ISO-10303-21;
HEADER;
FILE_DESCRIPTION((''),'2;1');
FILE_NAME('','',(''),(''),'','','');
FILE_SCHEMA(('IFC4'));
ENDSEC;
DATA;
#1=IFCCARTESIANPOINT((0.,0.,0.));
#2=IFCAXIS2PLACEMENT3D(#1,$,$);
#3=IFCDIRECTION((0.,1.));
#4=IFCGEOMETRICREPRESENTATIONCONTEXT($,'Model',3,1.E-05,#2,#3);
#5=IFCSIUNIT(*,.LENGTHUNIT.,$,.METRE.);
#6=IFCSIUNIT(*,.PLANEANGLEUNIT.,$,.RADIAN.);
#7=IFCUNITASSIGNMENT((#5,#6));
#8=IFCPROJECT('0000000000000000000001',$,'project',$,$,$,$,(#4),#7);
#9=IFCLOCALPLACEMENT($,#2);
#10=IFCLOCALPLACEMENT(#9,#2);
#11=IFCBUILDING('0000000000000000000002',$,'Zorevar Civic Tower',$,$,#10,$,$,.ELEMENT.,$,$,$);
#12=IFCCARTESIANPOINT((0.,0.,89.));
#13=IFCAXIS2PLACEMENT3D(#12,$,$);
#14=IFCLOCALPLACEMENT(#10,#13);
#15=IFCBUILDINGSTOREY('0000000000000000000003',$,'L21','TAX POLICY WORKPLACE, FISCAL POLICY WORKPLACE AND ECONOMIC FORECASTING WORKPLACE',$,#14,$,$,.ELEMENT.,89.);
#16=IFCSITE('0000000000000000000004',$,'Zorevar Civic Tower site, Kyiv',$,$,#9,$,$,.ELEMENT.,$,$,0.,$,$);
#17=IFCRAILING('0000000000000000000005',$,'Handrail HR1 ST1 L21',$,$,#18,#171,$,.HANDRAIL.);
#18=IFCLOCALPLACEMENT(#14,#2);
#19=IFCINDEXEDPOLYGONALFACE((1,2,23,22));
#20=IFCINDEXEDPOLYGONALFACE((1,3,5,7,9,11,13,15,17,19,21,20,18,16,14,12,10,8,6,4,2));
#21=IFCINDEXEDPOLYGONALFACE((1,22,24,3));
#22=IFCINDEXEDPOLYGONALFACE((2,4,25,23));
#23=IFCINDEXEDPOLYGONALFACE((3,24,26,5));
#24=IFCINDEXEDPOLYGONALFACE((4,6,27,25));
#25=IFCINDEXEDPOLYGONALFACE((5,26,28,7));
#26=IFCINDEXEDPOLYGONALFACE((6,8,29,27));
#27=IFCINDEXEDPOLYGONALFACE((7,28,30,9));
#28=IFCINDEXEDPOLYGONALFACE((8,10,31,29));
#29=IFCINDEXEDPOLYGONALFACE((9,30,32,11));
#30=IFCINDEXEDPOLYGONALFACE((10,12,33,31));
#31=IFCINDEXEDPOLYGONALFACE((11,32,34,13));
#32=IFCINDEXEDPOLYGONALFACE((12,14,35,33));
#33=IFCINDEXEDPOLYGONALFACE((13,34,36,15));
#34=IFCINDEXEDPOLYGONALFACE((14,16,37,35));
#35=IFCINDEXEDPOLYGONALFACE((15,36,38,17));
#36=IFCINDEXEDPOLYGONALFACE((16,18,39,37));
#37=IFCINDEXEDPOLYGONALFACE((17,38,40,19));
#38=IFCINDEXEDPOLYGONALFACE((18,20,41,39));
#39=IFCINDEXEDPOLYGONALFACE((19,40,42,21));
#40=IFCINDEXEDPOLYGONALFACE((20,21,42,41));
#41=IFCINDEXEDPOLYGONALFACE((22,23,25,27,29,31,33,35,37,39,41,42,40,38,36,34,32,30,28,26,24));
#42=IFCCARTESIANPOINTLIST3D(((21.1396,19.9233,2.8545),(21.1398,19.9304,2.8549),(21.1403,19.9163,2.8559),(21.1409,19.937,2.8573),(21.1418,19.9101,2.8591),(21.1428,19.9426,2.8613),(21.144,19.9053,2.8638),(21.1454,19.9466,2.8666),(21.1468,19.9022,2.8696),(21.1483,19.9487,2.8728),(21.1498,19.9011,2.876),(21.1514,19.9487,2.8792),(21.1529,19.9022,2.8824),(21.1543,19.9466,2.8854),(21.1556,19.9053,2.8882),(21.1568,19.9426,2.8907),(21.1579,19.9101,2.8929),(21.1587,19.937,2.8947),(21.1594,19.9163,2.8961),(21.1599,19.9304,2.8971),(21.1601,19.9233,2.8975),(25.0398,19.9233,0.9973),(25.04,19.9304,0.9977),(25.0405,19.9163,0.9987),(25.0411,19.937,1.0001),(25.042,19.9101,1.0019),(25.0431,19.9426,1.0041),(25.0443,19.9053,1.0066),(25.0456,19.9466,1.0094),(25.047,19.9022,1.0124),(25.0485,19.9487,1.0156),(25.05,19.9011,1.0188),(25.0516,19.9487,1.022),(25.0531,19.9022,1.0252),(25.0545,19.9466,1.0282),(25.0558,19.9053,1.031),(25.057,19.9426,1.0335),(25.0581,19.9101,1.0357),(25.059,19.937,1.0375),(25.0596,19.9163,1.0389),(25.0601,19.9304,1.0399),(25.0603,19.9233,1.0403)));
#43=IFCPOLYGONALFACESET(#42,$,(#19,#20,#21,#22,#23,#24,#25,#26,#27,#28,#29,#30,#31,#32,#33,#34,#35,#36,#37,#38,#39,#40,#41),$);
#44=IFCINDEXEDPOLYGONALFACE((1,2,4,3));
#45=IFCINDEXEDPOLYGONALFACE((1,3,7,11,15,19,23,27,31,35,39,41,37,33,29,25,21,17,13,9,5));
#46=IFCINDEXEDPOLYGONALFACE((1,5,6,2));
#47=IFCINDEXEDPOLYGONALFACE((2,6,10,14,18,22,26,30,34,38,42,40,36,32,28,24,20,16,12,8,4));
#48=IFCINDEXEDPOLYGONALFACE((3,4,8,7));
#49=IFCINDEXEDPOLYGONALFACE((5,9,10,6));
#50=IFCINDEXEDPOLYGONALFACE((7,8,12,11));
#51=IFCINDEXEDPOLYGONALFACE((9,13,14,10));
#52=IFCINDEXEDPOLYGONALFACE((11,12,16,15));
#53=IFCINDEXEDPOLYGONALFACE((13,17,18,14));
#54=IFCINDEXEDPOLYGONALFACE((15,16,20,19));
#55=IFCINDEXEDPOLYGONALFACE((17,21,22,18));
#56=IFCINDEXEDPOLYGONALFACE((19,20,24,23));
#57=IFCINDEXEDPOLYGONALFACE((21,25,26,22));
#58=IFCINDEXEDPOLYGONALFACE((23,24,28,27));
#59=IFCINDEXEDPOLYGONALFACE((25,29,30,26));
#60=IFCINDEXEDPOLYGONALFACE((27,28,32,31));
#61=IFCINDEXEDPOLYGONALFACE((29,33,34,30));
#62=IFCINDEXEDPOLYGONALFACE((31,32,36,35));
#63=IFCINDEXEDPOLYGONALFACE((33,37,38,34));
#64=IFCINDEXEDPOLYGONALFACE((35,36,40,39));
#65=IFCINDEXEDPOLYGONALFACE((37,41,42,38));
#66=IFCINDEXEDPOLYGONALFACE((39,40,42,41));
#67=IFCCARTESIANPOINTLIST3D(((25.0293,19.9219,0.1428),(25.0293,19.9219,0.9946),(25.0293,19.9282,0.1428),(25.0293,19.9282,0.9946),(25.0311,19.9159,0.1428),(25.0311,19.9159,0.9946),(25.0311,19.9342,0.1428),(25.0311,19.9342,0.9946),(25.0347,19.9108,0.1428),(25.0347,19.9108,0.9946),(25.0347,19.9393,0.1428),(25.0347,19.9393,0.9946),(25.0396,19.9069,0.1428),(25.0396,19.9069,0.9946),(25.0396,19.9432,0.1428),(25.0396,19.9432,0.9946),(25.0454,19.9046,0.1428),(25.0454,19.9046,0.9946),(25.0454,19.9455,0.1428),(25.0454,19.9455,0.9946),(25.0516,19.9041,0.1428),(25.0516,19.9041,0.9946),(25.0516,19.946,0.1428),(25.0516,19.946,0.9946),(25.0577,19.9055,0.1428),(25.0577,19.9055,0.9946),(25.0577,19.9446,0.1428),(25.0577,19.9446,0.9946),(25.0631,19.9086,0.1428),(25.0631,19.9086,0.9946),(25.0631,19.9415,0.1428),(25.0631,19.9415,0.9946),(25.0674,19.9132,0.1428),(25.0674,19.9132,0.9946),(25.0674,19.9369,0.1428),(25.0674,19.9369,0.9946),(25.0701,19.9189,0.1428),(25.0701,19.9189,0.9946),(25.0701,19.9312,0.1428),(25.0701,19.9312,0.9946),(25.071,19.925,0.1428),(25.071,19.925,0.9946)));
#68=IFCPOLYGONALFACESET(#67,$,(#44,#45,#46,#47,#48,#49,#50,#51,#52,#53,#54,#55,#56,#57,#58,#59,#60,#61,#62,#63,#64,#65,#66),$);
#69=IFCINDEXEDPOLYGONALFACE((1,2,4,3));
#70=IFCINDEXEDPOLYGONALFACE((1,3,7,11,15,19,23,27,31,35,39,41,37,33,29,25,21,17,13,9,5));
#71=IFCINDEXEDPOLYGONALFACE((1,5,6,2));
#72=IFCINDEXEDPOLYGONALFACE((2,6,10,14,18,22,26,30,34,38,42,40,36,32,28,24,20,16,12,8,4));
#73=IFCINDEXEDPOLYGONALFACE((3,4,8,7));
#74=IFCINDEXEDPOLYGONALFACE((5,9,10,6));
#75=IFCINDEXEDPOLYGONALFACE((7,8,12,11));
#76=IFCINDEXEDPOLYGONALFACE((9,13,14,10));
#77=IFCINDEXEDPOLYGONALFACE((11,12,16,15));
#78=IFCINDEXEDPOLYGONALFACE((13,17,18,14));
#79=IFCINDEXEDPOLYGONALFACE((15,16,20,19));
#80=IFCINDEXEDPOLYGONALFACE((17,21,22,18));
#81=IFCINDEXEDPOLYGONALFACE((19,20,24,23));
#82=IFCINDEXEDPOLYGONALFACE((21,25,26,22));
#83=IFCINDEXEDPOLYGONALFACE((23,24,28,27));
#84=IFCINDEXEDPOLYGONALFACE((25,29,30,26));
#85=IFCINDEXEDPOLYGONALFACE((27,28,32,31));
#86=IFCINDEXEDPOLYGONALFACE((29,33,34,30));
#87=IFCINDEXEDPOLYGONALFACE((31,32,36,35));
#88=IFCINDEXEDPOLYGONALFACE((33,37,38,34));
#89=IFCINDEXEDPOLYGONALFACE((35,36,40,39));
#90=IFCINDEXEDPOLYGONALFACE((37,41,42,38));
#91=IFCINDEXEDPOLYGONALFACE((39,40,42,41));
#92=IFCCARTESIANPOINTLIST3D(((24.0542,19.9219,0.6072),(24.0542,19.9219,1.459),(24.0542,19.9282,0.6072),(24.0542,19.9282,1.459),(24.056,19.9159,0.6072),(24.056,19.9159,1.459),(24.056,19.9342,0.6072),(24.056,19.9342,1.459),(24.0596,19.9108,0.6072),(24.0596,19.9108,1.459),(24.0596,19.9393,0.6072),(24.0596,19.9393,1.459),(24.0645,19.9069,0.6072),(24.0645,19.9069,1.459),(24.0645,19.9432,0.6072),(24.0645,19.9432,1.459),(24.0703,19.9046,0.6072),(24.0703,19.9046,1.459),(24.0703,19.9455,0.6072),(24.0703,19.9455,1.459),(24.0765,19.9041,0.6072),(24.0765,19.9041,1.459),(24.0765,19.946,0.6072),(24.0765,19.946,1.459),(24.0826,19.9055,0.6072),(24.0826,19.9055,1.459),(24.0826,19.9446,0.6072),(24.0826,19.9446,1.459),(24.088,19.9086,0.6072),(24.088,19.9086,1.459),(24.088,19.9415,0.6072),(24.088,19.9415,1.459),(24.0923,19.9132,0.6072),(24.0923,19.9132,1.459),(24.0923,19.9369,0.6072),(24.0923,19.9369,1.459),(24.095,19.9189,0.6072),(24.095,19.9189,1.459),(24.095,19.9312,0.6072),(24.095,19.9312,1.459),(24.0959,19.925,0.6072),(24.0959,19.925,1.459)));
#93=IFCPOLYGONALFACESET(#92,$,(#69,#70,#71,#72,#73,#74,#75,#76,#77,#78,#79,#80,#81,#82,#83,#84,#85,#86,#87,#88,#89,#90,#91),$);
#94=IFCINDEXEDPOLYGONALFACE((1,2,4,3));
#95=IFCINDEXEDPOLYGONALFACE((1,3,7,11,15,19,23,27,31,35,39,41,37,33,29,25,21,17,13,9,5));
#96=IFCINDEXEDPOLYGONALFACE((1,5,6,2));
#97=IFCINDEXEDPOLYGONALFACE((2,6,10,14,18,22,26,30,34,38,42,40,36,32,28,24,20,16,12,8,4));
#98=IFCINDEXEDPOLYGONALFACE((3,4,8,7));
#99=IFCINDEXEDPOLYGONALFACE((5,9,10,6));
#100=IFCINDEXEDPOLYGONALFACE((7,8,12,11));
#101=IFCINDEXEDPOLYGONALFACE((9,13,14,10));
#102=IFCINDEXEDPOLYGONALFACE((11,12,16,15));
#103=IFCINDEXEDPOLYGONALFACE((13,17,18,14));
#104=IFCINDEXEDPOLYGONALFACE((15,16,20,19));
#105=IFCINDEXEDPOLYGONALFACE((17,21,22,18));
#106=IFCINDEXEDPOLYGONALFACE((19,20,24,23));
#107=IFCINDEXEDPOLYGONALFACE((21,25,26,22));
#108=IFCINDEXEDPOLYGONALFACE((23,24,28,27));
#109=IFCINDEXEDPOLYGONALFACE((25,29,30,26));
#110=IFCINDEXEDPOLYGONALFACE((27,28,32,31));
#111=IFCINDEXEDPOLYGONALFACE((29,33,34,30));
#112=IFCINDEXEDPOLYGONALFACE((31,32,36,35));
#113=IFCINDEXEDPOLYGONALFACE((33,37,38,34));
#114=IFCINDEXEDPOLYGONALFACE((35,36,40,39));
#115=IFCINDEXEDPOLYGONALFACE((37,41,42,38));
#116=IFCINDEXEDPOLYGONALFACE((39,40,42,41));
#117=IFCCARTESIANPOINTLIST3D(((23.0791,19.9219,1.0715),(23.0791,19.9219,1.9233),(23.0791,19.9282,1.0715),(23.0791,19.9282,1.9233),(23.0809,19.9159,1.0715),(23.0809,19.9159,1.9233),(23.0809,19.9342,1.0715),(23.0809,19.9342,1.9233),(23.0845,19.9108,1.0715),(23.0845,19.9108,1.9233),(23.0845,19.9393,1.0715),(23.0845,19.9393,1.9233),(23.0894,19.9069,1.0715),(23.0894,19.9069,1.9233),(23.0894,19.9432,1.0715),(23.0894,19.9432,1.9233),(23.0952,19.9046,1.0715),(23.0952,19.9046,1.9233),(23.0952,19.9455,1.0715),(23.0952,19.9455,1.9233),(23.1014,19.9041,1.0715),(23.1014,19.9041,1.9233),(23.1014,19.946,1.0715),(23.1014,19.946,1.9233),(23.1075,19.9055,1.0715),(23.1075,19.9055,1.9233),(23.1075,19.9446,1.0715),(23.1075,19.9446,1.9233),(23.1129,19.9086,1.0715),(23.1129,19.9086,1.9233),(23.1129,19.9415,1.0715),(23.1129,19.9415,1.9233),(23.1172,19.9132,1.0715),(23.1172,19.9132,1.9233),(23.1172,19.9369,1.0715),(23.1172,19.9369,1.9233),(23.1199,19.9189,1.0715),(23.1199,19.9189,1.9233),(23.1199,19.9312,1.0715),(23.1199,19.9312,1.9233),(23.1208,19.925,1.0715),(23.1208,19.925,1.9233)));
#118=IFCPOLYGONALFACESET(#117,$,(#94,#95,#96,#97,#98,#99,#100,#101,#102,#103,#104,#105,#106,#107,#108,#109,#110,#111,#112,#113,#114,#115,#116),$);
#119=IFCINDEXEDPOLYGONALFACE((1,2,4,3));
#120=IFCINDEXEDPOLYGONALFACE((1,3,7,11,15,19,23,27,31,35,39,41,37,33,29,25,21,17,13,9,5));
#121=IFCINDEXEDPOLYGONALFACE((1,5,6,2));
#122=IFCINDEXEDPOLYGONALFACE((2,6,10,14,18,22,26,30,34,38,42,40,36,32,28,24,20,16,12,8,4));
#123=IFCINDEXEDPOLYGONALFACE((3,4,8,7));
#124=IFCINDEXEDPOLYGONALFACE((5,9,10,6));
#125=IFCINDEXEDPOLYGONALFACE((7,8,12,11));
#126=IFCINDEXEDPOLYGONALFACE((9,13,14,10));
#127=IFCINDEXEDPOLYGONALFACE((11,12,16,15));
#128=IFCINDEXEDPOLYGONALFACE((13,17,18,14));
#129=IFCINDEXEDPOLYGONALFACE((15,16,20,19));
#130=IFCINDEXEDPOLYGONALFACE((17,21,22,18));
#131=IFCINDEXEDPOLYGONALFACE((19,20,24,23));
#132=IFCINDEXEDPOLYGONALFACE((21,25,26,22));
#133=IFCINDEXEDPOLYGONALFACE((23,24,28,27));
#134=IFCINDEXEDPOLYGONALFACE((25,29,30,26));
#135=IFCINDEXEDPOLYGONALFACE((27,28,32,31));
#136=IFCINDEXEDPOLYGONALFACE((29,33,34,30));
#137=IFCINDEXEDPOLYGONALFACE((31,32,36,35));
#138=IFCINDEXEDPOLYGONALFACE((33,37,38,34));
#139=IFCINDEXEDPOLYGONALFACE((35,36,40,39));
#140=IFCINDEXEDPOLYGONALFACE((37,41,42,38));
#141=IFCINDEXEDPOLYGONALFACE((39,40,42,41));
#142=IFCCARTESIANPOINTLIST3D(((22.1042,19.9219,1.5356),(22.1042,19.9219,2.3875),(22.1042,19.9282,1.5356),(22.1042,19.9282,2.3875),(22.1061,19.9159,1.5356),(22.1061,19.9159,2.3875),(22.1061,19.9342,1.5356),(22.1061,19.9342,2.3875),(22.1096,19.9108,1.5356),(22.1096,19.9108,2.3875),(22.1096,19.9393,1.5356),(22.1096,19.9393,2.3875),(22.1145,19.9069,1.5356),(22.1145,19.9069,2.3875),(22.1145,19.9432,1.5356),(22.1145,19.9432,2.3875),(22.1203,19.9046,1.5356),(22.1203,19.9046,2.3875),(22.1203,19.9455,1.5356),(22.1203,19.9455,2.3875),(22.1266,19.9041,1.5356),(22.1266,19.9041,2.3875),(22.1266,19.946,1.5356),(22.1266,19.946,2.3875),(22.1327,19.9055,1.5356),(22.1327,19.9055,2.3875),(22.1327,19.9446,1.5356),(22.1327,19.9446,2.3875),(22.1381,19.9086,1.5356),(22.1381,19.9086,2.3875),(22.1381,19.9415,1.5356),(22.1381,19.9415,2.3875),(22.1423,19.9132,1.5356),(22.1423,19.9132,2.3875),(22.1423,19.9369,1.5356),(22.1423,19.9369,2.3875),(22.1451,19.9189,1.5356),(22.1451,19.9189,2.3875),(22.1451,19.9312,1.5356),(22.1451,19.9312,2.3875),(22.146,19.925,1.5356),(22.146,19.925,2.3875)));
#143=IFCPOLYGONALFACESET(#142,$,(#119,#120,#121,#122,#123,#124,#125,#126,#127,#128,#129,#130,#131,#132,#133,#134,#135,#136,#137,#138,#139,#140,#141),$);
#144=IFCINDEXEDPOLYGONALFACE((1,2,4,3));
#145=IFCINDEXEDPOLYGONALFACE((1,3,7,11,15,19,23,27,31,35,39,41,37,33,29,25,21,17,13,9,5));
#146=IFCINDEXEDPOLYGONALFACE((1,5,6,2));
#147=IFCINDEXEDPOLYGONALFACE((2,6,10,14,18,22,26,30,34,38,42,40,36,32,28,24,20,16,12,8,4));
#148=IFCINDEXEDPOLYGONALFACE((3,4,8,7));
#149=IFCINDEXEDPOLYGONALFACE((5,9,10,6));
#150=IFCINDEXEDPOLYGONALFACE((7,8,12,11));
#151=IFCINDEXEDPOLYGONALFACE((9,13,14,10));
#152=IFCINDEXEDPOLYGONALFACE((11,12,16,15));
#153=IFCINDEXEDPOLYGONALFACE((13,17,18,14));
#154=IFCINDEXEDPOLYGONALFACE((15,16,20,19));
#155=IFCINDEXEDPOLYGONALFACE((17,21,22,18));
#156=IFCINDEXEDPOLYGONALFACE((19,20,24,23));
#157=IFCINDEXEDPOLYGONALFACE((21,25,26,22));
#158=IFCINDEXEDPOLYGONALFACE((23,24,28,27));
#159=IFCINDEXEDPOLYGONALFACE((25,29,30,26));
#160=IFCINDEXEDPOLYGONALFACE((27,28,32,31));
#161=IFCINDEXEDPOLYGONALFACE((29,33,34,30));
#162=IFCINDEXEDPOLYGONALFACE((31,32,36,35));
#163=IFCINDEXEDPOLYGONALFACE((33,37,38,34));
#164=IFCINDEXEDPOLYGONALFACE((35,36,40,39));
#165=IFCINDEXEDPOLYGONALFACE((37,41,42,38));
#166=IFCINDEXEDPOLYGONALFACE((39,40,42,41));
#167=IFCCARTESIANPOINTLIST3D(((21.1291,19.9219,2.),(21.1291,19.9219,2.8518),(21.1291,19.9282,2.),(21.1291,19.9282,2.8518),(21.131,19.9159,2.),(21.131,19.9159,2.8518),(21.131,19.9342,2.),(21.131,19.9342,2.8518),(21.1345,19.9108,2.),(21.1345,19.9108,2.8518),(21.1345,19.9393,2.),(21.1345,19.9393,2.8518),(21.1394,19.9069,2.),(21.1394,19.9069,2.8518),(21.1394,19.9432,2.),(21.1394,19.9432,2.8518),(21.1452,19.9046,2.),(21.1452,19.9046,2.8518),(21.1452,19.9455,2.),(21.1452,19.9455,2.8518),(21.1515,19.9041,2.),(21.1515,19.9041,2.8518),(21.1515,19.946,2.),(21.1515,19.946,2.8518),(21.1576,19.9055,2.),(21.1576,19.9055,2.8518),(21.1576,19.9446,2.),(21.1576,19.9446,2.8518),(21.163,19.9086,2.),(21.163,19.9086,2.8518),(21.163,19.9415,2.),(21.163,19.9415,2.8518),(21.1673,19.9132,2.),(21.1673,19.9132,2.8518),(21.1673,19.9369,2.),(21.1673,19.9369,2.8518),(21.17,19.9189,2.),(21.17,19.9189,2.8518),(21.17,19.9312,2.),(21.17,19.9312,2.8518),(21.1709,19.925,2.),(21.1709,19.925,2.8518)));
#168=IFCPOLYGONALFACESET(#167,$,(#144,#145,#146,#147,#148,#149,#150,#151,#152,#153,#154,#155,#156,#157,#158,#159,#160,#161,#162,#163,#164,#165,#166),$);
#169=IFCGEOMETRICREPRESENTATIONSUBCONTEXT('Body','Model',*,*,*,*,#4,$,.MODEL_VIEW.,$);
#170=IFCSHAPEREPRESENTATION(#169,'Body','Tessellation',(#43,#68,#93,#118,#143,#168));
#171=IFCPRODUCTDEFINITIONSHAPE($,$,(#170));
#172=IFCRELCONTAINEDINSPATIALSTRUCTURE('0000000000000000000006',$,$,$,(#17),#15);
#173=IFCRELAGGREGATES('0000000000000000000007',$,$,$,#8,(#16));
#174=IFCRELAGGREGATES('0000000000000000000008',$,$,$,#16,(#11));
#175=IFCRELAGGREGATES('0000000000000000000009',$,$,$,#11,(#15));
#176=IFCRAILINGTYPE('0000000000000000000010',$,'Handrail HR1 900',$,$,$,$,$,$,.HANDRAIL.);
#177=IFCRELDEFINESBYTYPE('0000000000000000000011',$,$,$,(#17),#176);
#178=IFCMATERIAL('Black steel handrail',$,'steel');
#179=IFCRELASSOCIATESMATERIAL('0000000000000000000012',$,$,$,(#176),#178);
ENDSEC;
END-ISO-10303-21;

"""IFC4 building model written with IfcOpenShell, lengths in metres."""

from ifc_helpers import new_model, si_unit, direction, frame, origin, origin_2d, place, context, subcontext, project, spatial, circle, extrude, material, type_object, element, save


model = new_model("IFC4")

# Units and contexts
model_context = context("Model", 3, precision=1e-05, world=origin(), true_north=direction((0.0, 1.0)))
body_context = subcontext(model_context, "Body", "Model", "MODEL_VIEW")
ifc_project = project(units=[si_unit("LENGTHUNIT", "METRE"), si_unit("PLANEANGLEUNIT", "RADIAN")], contexts=[model_context])

# Site, building, storey
site_placement = place(None, origin())
site = spatial("IfcSite", under=ifc_project, at=site_placement, Name="Zorevar Civic Tower site, Kyiv", CompositionType="ELEMENT", RefElevation=0.0)
building_placement = place(site_placement, origin())
building = spatial("IfcBuilding", under=site, at=building_placement, Name="Zorevar Civic Tower", CompositionType="ELEMENT")
storey_placement = place(building_placement, frame((0.0, 0.0, 89.0)))
storey = spatial("IfcBuildingStorey", under=building, at=storey_placement, Name="L21", Description="TAX POLICY WORKPLACE, FISCAL POLICY WORKPLACE AND ECONOMIC FORECASTING WORKPLACE", CompositionType="ELEMENT", Elevation=89.0)

# Railing
ifc_material_1 = material(Name="Black steel handrail", Category="steel")
railing_type = type_object("IfcRailingType", Name="Handrail HR1 900", PredefinedType="HANDRAIL", material=ifc_material_1)
railing_1_placement = place(storey_placement, frame((25.05, 19.925, 0.1428)))
element("IfcRailing", 1, at=railing_1_placement, inside=storey, type_object=railing_type, Name="Handrail HR1 ST1 L21", PredefinedType="HANDRAIL", context=body_context, shape_type="SweptSolid", body=[
    extrude(circle(Radius=0.0239, at=origin_2d()), frame((0.0, 0.0, 0.876), z_axis=(-0.902864, 0.0, 0.429927), x_axis=(0.0, -1.0, 0.0)), (0.0, 0.0, 1.0), 4.3198),
    extrude(circle(Radius=0.021, at=origin_2d()), origin(), (0.0, 0.0, 1.0), 0.8518),
    extrude(circle(Radius=0.021, at=origin_2d()), frame((-0.9751, 0.0, 0.4644)), (0.0, 0.0, 1.0), 0.8518),
    extrude(circle(Radius=0.021, at=origin_2d()), frame((-1.9502, 0.0, 0.9287)), (0.0, 0.0, 1.0), 0.8518),
    extrude(circle(Radius=0.021, at=origin_2d()), frame((-2.925, 0.0, 1.3928)), (0.0, 0.0, 1.0), 0.8518),
    extrude(circle(Radius=0.021, at=origin_2d()), frame((-3.9001, 0.0, 1.8572)), (0.0, 0.0, 1.0), 0.8518),
])

save(model, "model.ifc")
